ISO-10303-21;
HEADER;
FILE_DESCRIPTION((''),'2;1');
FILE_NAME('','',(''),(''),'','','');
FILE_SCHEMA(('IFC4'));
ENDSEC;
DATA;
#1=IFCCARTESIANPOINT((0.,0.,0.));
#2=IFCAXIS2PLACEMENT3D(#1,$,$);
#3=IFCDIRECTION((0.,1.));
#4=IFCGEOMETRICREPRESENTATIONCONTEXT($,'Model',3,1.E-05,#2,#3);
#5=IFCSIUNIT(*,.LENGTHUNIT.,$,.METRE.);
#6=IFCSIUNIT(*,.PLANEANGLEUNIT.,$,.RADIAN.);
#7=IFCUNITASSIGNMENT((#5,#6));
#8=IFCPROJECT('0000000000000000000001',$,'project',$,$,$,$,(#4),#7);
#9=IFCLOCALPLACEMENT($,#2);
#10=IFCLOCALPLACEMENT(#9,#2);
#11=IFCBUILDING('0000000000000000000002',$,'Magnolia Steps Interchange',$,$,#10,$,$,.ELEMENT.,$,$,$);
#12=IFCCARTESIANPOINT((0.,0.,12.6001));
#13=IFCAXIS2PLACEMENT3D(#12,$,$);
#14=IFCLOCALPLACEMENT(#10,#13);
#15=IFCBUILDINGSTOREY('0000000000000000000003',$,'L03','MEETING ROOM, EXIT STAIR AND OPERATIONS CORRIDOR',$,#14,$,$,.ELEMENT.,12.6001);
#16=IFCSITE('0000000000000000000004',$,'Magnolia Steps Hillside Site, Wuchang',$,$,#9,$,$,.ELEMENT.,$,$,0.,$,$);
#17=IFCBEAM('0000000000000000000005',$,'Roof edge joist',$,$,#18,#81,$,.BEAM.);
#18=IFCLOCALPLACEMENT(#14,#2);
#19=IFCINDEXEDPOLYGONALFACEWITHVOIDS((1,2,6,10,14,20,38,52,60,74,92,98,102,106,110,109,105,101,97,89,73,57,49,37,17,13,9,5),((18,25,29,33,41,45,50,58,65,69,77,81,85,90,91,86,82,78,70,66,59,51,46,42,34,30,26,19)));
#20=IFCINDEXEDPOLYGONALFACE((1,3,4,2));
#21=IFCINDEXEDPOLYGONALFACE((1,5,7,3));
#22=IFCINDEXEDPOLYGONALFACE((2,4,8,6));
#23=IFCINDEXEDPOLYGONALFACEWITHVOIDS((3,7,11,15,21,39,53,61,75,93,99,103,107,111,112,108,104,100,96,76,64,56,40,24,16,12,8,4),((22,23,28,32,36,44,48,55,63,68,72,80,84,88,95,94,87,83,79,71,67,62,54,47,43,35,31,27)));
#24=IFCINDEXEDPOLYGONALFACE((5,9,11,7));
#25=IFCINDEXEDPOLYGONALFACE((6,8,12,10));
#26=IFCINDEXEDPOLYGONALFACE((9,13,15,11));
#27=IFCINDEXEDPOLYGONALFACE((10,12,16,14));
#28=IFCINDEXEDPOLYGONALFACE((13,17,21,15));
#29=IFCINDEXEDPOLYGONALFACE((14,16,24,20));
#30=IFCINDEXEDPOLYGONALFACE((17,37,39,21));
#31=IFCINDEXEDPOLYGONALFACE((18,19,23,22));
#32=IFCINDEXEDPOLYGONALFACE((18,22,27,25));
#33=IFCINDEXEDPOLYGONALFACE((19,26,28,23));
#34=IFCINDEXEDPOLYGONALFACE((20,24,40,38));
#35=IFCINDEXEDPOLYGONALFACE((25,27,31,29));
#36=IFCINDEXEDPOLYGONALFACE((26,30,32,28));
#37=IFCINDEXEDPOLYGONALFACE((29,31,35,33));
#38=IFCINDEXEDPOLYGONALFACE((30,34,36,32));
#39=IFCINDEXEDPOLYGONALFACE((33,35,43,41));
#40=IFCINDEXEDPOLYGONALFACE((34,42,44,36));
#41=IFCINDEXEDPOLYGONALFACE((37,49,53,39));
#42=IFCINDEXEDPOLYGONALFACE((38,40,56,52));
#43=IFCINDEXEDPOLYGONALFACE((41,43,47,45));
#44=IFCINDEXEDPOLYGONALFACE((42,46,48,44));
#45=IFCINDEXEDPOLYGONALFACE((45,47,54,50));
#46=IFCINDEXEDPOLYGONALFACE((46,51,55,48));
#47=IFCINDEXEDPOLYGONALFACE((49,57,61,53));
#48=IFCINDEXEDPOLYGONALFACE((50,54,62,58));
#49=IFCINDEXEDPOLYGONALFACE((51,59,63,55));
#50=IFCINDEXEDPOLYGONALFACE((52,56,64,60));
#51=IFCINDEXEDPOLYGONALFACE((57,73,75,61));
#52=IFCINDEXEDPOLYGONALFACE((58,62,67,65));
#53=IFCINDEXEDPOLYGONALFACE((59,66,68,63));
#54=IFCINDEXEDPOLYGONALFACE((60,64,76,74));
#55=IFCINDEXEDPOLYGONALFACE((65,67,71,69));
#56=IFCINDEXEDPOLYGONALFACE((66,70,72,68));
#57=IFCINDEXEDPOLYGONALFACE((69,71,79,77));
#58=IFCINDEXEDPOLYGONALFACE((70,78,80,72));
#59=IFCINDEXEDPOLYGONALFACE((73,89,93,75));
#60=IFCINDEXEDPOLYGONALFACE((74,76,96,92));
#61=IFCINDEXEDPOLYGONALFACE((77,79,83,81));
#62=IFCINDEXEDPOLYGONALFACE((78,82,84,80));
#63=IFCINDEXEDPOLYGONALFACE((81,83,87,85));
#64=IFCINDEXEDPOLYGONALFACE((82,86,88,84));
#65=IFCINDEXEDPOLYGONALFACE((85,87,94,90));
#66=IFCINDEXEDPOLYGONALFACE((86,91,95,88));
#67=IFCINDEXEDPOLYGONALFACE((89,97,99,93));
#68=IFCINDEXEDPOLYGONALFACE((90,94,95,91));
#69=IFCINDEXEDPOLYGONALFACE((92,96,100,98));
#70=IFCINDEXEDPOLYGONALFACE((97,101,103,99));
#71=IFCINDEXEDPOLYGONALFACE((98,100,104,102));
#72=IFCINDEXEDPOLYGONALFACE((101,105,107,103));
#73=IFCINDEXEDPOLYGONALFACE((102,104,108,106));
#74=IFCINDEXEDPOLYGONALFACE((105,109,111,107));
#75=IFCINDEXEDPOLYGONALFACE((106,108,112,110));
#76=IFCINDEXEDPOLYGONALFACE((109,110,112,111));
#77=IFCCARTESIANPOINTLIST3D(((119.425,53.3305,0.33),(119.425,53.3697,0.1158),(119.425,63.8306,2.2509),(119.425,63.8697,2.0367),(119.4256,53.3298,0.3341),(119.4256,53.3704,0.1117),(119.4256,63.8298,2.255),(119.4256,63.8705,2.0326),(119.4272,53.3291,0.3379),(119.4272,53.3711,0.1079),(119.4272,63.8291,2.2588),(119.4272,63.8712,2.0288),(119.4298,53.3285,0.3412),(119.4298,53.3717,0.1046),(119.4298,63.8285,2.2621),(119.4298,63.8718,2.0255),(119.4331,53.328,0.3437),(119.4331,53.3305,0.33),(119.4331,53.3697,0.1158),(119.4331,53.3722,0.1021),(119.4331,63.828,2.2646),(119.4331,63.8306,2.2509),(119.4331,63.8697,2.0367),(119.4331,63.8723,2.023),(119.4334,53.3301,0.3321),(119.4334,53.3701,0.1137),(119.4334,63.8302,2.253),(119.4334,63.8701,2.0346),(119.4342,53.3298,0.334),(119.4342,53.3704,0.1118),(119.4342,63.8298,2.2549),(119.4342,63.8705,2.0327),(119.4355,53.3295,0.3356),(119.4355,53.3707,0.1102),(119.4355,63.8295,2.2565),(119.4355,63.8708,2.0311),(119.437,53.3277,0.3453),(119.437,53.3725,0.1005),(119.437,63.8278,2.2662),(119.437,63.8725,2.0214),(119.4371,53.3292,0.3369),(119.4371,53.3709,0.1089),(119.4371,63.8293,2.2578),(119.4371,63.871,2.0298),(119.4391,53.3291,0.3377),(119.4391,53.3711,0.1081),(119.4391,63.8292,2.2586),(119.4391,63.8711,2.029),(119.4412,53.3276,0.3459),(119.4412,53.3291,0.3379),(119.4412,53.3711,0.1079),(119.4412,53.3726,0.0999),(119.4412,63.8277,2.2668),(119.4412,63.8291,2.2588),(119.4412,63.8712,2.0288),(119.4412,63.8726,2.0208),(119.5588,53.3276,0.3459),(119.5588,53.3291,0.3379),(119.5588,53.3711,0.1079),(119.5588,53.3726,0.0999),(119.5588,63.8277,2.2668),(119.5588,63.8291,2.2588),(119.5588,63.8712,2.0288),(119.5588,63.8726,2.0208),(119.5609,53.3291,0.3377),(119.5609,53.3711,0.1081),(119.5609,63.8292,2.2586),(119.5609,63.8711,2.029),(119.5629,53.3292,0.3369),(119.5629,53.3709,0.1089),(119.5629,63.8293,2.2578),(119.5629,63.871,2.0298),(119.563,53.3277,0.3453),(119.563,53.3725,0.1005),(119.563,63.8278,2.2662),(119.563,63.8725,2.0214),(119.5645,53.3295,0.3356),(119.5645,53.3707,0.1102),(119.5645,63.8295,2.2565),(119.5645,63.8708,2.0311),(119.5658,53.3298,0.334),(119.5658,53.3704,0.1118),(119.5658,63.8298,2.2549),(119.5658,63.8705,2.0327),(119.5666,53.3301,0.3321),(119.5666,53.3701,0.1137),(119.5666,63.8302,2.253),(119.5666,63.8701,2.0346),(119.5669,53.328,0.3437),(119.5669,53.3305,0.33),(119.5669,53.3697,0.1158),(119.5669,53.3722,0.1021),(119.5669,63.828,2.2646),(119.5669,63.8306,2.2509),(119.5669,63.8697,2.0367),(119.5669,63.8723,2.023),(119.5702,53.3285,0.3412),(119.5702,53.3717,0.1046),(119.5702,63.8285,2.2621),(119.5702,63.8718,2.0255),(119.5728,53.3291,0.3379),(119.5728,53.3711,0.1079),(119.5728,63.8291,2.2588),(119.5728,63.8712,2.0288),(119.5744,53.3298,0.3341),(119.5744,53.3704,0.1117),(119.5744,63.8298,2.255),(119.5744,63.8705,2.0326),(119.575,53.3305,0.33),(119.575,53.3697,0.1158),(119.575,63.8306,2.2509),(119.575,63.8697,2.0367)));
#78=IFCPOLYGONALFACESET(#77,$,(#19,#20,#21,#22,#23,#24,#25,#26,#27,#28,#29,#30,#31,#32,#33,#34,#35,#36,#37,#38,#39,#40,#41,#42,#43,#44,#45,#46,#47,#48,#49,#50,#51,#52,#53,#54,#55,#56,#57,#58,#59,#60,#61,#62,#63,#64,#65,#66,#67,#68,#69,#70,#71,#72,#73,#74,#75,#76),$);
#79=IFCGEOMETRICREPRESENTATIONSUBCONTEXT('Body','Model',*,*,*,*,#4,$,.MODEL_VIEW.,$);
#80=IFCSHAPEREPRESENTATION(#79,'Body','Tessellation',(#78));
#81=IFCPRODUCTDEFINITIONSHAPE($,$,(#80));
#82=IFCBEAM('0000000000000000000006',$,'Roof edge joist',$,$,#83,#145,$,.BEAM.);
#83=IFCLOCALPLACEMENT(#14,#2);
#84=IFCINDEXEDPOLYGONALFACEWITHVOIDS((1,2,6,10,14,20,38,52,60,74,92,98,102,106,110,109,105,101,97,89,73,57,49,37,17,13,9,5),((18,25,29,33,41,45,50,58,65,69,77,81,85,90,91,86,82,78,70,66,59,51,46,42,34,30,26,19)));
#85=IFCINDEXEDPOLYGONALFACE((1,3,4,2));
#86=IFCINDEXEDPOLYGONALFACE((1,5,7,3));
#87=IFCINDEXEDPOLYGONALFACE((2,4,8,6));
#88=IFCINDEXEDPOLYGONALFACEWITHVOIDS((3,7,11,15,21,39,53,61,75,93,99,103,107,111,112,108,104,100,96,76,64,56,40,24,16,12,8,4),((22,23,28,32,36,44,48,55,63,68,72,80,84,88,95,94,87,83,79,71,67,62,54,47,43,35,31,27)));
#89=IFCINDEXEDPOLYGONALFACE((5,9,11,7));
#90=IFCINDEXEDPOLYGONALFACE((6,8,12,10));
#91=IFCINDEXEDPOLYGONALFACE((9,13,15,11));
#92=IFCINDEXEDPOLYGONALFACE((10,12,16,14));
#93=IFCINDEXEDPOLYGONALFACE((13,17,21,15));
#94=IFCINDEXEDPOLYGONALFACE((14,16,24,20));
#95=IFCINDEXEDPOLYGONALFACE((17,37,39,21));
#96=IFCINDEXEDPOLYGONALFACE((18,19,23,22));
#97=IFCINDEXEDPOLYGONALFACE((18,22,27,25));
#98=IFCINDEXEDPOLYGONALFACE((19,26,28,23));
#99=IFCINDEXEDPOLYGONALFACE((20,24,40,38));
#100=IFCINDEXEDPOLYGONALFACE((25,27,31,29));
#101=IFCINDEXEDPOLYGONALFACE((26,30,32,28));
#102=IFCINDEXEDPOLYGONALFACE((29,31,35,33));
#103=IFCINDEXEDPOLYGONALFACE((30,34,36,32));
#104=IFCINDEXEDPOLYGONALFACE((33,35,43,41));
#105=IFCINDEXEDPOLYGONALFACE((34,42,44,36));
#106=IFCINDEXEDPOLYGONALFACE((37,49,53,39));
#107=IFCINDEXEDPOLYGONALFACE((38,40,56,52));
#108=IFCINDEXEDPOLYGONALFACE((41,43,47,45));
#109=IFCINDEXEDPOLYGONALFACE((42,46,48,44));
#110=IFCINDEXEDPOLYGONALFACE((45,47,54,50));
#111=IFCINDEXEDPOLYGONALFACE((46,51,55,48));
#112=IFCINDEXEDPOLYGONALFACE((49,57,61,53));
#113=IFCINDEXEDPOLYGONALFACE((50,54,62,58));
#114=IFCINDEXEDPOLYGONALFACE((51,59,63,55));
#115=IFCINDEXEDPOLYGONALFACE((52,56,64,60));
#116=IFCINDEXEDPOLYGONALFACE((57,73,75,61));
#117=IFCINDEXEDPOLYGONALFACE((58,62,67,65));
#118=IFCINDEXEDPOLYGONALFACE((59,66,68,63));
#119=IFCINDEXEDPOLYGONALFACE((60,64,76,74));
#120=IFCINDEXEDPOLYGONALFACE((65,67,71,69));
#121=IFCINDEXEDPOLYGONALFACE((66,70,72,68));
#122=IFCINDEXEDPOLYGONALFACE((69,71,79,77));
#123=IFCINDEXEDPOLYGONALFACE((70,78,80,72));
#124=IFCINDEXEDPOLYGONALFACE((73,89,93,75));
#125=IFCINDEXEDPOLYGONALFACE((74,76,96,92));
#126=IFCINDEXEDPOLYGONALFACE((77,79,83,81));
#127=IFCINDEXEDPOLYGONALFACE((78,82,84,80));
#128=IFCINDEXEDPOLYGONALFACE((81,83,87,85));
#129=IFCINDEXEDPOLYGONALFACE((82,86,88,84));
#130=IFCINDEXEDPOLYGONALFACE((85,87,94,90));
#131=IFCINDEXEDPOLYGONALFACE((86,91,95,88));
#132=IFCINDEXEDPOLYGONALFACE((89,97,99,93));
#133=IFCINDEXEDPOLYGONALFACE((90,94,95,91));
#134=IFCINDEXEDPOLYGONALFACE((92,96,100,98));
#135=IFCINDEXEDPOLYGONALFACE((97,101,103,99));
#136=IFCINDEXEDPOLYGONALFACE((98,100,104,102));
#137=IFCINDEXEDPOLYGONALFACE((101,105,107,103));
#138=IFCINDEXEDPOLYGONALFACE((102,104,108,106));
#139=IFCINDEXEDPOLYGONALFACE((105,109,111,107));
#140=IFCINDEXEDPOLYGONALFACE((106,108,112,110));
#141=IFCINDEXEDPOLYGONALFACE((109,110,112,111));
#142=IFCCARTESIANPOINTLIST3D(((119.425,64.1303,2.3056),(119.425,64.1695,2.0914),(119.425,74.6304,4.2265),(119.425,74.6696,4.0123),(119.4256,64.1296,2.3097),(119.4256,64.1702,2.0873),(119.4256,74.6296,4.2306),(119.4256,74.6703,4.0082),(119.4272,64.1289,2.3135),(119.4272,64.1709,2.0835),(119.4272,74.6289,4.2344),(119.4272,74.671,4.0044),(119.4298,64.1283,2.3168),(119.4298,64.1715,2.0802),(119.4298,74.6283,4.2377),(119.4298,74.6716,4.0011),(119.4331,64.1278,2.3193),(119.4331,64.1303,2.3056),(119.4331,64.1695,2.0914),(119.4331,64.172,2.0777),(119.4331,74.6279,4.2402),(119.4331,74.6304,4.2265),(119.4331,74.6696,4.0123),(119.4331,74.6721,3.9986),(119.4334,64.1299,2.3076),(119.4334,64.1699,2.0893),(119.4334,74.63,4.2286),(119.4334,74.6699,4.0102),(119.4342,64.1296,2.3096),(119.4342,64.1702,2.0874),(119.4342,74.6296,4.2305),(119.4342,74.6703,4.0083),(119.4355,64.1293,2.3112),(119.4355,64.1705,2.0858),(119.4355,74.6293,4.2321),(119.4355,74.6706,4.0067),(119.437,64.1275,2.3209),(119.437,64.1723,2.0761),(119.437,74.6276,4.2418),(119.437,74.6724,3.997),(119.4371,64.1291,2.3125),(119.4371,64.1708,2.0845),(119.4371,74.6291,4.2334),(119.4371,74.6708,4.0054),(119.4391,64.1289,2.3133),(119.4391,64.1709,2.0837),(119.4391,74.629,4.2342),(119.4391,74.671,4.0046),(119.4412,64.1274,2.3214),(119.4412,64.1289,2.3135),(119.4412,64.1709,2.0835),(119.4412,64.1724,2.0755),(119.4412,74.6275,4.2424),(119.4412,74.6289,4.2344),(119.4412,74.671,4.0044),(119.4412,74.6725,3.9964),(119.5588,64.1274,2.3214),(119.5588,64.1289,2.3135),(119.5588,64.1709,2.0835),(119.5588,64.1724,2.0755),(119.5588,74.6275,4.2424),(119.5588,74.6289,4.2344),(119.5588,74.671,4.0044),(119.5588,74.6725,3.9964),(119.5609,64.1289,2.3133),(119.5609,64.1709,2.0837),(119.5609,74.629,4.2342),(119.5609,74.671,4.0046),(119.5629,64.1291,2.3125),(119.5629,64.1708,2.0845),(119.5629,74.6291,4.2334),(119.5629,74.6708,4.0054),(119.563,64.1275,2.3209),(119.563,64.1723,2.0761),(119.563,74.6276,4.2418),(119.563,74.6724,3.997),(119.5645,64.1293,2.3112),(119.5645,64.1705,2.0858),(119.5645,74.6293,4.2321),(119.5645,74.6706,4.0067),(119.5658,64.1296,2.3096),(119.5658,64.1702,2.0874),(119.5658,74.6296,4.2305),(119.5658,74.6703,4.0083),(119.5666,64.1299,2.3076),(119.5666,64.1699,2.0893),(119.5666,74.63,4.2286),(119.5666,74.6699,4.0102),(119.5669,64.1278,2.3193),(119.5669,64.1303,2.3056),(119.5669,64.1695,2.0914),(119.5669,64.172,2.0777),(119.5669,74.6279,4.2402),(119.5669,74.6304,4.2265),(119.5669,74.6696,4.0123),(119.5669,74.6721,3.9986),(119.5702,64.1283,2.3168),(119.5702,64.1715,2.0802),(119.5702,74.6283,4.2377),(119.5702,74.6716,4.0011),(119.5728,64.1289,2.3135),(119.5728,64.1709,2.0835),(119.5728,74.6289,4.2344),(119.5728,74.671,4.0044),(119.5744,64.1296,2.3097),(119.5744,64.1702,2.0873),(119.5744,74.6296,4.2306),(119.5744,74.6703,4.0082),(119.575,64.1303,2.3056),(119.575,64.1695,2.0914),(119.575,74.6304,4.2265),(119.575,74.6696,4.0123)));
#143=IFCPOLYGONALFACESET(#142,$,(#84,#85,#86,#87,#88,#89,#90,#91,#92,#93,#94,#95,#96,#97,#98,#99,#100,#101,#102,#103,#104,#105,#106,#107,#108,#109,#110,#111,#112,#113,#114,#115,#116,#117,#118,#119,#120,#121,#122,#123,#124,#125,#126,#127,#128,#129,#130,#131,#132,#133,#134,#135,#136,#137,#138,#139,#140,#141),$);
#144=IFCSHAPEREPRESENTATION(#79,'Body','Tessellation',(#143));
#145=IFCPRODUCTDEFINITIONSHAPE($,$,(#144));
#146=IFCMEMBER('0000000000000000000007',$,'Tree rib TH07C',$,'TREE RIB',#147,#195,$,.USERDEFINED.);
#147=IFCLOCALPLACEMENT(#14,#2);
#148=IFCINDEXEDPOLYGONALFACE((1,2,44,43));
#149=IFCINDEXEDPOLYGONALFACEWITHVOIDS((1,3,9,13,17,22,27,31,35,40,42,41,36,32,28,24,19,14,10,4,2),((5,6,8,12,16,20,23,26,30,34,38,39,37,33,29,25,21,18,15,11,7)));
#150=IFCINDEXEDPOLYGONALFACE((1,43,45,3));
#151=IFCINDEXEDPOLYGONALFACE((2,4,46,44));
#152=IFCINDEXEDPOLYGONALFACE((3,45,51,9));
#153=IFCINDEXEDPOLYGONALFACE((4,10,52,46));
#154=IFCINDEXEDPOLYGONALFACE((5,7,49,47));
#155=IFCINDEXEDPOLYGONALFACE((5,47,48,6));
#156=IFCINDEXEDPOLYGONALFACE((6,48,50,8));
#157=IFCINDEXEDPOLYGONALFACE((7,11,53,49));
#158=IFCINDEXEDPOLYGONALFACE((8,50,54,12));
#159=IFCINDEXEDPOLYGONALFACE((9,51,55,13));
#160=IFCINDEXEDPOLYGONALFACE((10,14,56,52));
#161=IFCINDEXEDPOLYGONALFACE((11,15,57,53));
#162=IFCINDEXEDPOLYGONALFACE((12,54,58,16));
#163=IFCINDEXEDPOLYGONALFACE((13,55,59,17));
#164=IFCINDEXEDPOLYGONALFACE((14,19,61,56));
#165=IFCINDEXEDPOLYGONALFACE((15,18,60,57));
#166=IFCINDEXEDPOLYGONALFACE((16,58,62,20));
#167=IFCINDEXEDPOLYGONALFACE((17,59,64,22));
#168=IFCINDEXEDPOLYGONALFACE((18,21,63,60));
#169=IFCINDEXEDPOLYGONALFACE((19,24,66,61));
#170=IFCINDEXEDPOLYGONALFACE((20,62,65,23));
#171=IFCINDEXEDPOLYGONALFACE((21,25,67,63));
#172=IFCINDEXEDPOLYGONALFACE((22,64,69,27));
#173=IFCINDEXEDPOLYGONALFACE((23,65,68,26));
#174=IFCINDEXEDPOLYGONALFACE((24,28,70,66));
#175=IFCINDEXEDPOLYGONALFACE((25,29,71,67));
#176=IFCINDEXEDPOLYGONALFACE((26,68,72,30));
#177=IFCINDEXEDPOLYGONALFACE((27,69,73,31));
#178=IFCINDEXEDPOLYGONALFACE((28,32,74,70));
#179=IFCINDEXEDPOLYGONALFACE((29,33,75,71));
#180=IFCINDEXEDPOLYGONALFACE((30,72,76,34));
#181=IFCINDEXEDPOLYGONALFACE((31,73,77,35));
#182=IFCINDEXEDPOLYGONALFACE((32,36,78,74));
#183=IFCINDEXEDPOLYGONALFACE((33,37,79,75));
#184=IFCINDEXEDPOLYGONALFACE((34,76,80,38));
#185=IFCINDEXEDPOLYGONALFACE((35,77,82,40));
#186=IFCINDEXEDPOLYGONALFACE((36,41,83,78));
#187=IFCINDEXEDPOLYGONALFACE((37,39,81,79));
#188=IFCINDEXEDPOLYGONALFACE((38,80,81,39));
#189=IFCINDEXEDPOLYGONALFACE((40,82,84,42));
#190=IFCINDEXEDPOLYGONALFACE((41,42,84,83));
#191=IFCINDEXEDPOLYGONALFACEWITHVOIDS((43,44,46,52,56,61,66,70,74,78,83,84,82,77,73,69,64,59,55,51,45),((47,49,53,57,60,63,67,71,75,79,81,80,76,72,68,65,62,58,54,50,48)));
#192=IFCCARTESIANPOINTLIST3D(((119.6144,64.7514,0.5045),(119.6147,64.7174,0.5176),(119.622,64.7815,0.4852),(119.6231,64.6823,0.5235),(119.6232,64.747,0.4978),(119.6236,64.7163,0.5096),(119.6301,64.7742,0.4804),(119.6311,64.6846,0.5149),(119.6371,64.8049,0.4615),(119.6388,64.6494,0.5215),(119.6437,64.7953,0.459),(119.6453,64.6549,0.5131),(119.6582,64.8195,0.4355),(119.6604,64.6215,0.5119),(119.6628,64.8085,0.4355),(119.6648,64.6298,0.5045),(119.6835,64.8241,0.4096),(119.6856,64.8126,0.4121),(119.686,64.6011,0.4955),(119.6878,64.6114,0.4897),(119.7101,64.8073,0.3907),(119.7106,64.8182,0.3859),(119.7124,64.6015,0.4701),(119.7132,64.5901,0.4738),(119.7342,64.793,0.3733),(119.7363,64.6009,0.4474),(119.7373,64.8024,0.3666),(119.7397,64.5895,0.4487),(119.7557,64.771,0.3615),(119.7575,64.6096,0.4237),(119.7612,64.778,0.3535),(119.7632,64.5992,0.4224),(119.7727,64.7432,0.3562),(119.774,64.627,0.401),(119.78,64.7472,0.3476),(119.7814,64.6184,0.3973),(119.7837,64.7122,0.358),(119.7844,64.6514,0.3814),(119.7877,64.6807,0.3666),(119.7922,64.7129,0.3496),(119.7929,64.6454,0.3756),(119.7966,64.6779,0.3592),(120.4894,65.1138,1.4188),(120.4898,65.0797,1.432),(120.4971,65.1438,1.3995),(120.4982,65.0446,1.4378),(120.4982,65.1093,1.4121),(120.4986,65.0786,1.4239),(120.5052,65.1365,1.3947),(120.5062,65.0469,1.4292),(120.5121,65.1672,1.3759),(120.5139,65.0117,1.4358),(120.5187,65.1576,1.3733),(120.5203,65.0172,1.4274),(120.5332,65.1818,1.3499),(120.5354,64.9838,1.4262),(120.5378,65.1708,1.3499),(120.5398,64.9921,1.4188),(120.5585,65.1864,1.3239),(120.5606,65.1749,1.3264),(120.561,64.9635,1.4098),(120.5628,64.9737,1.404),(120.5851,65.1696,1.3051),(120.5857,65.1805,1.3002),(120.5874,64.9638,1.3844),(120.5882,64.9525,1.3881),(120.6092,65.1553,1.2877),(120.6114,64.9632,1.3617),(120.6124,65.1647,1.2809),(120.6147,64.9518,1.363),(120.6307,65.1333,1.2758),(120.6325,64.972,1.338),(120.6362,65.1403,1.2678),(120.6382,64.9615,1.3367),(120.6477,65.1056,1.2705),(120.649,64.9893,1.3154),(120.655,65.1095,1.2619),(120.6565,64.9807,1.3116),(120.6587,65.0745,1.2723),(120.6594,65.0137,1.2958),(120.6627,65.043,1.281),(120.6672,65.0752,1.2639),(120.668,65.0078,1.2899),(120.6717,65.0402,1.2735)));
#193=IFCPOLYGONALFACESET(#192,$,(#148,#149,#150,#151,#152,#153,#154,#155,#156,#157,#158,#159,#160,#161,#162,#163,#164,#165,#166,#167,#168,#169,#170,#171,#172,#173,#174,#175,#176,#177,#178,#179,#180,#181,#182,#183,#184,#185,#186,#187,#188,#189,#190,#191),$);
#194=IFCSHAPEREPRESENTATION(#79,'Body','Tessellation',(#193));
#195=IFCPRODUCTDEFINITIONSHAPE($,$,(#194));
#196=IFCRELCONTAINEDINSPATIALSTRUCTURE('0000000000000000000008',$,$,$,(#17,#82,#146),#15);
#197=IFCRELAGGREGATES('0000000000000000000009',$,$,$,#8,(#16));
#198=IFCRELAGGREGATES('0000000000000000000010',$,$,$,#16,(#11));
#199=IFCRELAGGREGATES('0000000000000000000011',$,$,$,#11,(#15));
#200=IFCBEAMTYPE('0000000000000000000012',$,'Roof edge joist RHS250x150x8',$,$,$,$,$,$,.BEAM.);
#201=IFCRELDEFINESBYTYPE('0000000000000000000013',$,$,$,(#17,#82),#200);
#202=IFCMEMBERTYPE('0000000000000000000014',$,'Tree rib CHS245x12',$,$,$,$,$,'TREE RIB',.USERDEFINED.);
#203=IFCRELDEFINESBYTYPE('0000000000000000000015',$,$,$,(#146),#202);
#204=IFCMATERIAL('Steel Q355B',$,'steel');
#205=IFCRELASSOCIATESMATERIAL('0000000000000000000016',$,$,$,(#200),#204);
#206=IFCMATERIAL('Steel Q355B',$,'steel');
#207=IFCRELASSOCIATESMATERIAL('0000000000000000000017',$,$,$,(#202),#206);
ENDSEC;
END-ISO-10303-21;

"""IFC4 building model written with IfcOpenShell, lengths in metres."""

from ifc_helpers import new_model, si_unit, direction, frame, origin, origin_2d, place, context, subcontext, project, spatial, hollow_rectangle, hollow_circle, extrude, material, material_profile, profile_set, type_object, element, save


model = new_model("IFC4")

# Units and contexts
model_context = context("Model", 3, precision=1e-05, world=origin(), true_north=direction((0.0, 1.0)))
body_context = subcontext(model_context, "Body", "Model", "MODEL_VIEW")
ifc_project = project(units=[si_unit("LENGTHUNIT", "METRE"), si_unit("PLANEANGLEUNIT", "RADIAN")], contexts=[model_context])

# Site, building, storey
site_placement = place(None, origin())
site = spatial("IfcSite", under=ifc_project, at=site_placement, Name="Magnolia Steps Hillside Site, Wuchang", CompositionType="ELEMENT", RefElevation=0.0)
building_placement = place(site_placement, origin())
building = spatial("IfcBuilding", under=site, at=building_placement, Name="Magnolia Steps Interchange", CompositionType="ELEMENT")
storey_placement = place(building_placement, frame((0.0, 0.0, 12.6001)))
storey = spatial("IfcBuildingStorey", under=building, at=storey_placement, Name="L03", Description="MEETING ROOM, EXIT STAIR AND OPERATIONS CORRIDOR", CompositionType="ELEMENT", Elevation=12.6001)

# Beams
ifc_material_1 = material(Name="Steel Q355B", Category="steel")
ifc_material_profile_1 = material_profile(ifc_material_1, hollow_rectangle(XDim=0.1499, YDim=0.25, WallThickness=0.0081, InnerFilletRadius=0.0081, OuterFilletRadius=0.0161, at=origin_2d()), Name="RHS250x150x8")
ifc_profile_set_1 = profile_set([ifc_material_profile_1], Name="Steel Q355B")
beam_type_1 = type_object("IfcBeamType", Name="Roof edge joist RHS250x150x8", PredefinedType="BEAM", material=ifc_profile_set_1)
for number, where, z_axis, x_axis, name in (
    (1, (119.5, 53.3501, 0.2229), (0.0, 0.983675, 0.179956), (-1.0, 0.0, 0.0), "Roof edge joist"),
    (2, (119.5, 64.1499, 2.1985), (0.0, 0.983675, 0.179956), (-1.0, 0.0, 0.0), "Roof edge joist"),
):
    element("IfcBeam", number, at=place(storey_placement, frame(where, z_axis=z_axis, x_axis=x_axis)), inside=storey, type_object=beam_type_1, Name=name, PredefinedType="BEAM", context=body_context, shape_type="SweptSolid", body=[
        extrude(hollow_rectangle(XDim=0.1499, YDim=0.25, WallThickness=0.0081, InnerFilletRadius=0.0081, OuterFilletRadius=0.0161, at=origin_2d()), origin(), (0.0, 0.0, 1.0), 10.6743),
    ])

# Member
ifc_material_2 = material(Name="Steel Q355B", Category="steel")
ifc_material_profile_2 = material_profile(ifc_material_2, hollow_circle(Radius=0.1226, WallThickness=0.012, at=origin_2d()), Name="CHS245x12")
ifc_profile_set_2 = profile_set([ifc_material_profile_2], Name="Steel Q355B")
member_type_1 = type_object("IfcMemberType", Name="Tree rib CHS245x12", ElementType="TREE RIB", PredefinedType="USERDEFINED", material=ifc_profile_set_2)
for number, where, z_axis, x_axis, name in (
    (3, (119.7051, 64.7063, 0.4355), (0.664704, 0.275229, 0.694563), (-0.382564, 0.923929, 0.0), "Tree rib TH07C"),
):
    element("IfcMember", number, at=place(storey_placement, frame(where, z_axis=z_axis, x_axis=x_axis)), inside=storey, type_object=member_type_1, Name=name, ObjectType="TREE RIB", PredefinedType="USERDEFINED", context=body_context, shape_type="SweptSolid", body=[
        extrude(hollow_circle(Radius=0.1226, WallThickness=0.012, at=origin_2d()), origin(), (0.0, 0.0, 1.0), 1.3164),
    ])

save(model, "model.ifc")
